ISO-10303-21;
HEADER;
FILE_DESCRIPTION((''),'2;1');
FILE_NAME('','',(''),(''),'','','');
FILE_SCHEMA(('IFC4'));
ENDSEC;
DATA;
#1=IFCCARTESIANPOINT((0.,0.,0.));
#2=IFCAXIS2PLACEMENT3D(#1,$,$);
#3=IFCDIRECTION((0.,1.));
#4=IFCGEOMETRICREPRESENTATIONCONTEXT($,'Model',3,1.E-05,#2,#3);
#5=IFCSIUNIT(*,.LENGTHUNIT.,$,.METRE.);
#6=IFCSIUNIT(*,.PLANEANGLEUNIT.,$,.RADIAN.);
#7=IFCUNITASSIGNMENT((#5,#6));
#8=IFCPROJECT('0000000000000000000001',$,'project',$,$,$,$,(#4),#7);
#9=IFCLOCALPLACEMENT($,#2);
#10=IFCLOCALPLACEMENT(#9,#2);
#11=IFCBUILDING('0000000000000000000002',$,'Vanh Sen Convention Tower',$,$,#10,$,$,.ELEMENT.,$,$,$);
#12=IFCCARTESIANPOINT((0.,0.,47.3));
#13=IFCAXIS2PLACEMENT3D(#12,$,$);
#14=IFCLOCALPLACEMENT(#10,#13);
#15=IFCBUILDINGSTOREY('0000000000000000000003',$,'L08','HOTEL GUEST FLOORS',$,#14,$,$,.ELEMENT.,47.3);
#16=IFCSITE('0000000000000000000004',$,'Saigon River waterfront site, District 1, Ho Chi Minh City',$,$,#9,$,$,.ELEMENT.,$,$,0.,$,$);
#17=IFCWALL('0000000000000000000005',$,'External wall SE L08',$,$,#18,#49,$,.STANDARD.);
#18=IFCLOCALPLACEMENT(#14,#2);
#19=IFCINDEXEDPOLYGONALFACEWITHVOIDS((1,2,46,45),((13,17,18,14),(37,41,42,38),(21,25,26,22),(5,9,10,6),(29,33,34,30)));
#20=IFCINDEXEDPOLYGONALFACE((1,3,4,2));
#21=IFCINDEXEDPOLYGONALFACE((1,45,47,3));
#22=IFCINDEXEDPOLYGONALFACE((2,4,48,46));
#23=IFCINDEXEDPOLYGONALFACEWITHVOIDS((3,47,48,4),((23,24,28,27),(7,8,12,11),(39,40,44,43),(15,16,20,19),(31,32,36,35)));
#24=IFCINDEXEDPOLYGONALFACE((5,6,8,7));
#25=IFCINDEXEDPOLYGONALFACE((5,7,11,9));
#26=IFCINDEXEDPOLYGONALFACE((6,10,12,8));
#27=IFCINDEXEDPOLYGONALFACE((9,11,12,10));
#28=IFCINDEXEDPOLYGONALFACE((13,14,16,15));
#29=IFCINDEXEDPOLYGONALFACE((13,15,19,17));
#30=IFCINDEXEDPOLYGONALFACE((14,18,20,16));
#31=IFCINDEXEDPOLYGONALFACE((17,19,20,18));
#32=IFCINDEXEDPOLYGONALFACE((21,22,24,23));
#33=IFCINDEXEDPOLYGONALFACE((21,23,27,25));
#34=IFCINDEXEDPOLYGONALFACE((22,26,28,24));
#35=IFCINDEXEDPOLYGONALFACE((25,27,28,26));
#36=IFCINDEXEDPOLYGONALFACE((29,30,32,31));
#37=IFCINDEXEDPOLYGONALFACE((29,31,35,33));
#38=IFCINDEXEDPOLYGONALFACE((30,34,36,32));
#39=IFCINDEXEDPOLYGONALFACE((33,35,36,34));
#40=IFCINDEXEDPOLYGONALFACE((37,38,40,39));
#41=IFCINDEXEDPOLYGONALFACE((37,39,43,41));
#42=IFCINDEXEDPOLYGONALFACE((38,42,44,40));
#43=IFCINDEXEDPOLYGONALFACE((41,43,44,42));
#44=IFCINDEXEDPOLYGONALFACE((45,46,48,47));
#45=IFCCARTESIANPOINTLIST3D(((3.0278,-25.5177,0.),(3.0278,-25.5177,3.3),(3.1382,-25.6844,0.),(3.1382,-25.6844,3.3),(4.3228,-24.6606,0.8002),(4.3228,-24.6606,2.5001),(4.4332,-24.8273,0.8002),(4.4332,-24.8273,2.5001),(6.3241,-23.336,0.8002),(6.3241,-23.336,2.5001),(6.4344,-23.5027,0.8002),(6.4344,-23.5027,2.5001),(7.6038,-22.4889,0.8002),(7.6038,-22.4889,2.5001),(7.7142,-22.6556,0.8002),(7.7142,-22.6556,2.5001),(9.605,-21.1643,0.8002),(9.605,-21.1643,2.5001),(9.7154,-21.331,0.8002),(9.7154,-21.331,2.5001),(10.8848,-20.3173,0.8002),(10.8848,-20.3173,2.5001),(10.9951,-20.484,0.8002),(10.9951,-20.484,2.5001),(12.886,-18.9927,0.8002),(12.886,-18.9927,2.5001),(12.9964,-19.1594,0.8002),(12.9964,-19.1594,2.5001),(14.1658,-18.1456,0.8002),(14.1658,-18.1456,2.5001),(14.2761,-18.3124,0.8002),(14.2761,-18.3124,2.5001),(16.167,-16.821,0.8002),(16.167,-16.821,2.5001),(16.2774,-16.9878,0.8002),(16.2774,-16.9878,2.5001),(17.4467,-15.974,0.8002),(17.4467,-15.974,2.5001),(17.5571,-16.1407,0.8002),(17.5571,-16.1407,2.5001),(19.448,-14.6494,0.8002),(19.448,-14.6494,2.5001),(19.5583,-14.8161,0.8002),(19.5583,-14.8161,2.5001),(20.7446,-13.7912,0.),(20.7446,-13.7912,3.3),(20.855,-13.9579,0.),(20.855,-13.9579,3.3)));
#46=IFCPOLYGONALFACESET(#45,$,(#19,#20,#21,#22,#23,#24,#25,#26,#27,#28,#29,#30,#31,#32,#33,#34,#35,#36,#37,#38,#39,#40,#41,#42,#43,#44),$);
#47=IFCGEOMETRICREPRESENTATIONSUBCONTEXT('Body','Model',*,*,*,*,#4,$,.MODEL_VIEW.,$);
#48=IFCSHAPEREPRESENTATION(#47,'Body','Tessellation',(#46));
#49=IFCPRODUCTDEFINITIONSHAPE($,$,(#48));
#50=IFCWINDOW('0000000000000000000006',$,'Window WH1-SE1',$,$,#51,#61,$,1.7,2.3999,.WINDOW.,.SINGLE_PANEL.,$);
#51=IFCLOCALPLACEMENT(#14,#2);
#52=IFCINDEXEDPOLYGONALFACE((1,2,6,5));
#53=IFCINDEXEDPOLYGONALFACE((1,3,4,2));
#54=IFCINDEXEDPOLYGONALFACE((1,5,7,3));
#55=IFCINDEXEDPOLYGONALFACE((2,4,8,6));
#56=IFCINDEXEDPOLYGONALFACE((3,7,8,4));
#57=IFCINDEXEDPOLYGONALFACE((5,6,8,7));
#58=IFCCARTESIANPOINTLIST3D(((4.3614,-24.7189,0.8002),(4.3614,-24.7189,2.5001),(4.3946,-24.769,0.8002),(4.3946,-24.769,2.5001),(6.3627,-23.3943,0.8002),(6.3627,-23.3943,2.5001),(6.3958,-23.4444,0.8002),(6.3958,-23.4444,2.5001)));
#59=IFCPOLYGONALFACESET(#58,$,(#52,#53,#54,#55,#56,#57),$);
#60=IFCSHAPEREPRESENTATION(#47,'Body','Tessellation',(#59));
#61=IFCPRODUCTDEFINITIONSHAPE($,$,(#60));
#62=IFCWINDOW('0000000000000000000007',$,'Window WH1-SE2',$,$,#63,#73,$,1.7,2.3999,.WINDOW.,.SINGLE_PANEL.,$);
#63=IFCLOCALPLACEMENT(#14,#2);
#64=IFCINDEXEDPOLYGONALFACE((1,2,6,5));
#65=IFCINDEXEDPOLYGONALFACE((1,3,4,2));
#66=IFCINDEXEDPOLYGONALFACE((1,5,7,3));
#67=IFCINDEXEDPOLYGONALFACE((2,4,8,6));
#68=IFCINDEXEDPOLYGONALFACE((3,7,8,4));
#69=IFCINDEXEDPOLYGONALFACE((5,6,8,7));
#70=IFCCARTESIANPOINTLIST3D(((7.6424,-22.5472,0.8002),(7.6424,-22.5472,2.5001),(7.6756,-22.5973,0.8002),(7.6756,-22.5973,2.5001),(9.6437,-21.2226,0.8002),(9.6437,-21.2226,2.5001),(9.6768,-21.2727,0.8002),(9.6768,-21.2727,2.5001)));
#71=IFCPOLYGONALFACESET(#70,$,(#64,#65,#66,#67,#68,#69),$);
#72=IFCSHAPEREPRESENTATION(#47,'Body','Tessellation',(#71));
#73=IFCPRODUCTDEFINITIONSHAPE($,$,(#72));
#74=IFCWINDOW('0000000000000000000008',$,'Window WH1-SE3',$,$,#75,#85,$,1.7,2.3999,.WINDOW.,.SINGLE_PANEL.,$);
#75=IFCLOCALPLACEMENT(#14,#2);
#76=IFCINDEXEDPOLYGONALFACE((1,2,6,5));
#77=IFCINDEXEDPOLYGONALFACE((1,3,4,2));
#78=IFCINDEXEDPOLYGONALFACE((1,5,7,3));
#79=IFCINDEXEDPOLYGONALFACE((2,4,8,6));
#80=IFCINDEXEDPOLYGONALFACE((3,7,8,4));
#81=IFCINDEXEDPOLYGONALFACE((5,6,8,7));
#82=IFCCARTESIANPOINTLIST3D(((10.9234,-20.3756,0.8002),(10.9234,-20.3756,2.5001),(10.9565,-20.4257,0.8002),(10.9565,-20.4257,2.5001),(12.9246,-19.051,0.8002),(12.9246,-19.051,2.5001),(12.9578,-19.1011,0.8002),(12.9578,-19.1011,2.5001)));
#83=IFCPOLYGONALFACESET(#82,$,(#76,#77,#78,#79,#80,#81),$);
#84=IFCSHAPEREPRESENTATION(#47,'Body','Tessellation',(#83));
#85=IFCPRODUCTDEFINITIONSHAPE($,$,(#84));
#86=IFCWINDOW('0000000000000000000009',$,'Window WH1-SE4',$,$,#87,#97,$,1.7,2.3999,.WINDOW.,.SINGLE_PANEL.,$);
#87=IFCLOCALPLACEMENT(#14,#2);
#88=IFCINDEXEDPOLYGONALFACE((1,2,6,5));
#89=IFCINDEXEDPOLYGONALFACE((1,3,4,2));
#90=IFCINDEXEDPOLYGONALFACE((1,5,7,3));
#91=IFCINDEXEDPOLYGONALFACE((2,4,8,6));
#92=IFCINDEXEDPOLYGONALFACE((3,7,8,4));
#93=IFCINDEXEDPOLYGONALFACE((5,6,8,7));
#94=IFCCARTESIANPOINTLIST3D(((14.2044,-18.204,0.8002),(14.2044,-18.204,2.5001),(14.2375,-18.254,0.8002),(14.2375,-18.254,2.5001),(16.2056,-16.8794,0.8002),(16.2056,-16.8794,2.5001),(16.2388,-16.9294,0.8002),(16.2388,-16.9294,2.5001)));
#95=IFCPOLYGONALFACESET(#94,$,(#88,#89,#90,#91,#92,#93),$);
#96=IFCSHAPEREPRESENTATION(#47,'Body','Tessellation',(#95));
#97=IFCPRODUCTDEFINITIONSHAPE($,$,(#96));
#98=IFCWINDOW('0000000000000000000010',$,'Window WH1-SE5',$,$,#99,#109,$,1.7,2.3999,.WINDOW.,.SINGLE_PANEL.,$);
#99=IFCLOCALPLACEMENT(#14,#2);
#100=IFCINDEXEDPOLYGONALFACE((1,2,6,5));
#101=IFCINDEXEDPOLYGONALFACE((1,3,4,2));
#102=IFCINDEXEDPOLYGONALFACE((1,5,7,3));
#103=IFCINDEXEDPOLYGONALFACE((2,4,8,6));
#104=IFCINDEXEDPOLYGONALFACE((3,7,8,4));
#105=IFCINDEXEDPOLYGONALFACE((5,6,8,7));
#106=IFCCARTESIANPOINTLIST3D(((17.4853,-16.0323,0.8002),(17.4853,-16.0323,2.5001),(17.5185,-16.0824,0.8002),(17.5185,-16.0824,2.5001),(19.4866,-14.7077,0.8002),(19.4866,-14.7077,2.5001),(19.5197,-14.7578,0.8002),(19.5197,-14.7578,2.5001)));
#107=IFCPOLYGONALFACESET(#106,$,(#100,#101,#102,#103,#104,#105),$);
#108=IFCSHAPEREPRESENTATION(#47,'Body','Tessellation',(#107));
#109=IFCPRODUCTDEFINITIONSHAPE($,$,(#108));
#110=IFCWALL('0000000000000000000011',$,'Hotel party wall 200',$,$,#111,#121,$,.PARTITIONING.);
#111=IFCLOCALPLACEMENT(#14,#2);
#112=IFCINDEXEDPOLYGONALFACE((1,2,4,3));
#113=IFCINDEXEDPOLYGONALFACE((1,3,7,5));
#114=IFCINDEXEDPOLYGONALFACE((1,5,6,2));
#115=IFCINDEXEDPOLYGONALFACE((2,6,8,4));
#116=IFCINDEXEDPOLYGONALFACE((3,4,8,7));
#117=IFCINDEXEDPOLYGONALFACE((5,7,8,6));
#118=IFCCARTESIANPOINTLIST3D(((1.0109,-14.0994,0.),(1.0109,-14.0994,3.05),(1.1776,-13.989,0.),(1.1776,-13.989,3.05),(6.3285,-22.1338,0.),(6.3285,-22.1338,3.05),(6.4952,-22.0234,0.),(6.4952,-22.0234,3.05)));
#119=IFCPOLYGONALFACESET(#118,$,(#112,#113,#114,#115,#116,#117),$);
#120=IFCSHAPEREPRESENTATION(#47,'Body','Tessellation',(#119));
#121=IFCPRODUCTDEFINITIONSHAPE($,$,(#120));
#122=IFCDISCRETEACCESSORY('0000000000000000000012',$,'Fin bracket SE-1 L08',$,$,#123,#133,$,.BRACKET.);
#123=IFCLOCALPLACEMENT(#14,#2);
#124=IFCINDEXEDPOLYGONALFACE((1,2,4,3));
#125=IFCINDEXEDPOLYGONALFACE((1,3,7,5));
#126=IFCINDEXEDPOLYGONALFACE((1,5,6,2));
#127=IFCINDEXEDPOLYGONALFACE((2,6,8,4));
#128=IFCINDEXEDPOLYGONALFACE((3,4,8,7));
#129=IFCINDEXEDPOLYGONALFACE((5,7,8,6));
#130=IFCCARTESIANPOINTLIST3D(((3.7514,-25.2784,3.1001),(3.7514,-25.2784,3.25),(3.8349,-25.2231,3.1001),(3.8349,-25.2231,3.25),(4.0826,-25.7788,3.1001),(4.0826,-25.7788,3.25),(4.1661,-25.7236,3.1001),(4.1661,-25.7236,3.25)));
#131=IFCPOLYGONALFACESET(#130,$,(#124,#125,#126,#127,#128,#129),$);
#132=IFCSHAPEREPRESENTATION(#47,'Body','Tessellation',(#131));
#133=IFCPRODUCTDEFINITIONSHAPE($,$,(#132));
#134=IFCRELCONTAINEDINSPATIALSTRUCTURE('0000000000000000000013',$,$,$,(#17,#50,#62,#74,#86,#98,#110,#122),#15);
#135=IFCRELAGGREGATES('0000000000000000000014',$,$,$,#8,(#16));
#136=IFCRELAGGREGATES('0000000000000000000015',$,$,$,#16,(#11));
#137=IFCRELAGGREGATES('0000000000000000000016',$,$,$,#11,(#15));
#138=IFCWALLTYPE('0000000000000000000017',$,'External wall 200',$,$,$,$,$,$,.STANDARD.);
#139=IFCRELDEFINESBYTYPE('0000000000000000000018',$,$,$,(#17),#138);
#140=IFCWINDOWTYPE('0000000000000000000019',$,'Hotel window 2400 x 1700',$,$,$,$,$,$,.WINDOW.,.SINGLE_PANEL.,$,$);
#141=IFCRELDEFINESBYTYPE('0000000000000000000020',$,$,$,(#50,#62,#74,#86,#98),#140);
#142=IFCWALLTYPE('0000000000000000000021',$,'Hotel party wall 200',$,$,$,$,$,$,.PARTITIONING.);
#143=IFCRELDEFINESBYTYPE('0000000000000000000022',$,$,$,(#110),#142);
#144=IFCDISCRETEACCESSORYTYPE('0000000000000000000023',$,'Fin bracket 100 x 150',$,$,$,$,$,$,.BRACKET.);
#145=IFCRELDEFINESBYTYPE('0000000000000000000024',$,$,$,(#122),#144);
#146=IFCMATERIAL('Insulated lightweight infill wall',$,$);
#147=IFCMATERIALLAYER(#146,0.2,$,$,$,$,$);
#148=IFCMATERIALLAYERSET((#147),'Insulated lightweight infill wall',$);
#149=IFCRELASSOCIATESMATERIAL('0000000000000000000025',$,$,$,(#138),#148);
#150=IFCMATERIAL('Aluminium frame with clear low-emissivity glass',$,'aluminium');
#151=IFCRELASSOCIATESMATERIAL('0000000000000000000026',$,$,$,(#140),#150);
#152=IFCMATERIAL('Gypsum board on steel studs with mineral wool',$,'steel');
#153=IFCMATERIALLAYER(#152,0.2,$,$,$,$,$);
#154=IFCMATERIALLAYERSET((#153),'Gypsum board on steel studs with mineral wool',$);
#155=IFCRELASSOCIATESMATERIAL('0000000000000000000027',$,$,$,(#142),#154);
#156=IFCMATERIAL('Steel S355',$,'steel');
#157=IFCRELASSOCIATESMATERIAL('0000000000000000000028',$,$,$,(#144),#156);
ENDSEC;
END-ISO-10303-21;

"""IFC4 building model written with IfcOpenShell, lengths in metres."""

from ifc_helpers import new_model, si_unit, direction, frame, frame_2d, origin, origin_2d, place, context, subcontext, project, spatial, rectangle, extrude, material, layer, layer_set, type_object, element, fill, save


model = new_model("IFC4")

# Units and contexts
model_context = context("Model", 3, precision=1e-05, world=origin(), true_north=direction((0.0, 1.0)))
body_context = subcontext(model_context, "Body", "Model", "MODEL_VIEW")
ifc_project = project(units=[si_unit("LENGTHUNIT", "METRE"), si_unit("PLANEANGLEUNIT", "RADIAN")], contexts=[model_context])

# Site, building, storey
site_placement = place(None, origin())
site = spatial("IfcSite", under=ifc_project, at=site_placement, Name="Saigon River waterfront site, District 1, Ho Chi Minh City", CompositionType="ELEMENT", RefElevation=0.0)
building_placement = place(site_placement, origin())
building = spatial("IfcBuilding", under=site, at=building_placement, Name="Vanh Sen Convention Tower", CompositionType="ELEMENT")
storey_placement = place(building_placement, frame((0.0, 0.0, 47.3)))
storey = spatial("IfcBuildingStorey", under=building, at=storey_placement, Name="L08", Description="HOTEL GUEST FLOORS", CompositionType="ELEMENT", Elevation=47.3)

# Shared definitions
ifc_material_1 = material(Name="Gypsum board on steel studs with mineral wool", Category="steel")

# Wall, openings, windows
ifc_material_2 = material(Name="Insulated lightweight infill wall")
ifc_layer_1 = layer(ifc_material_2, 0.2)
ifc_layer_set_1 = layer_set([ifc_layer_1], Name="Insulated lightweight infill wall")
wall_type_1 = type_object("IfcWallType", Name="External wall 200", PredefinedType="STANDARD", material=ifc_layer_set_1)
wall_1_placement = place(storey_placement, frame((3.083, -25.6011, 0.0), z_axis=(0.0, 0.0, 1.0), x_axis=(0.833884, 0.551939, 0.0)))
wall_1 = element("IfcWall", 1, at=wall_1_placement, inside=storey, type_object=wall_type_1, Name="External wall SE L08", PredefinedType="STANDARD", context=body_context, shape_type="SweptSolid", body=[
    extrude(rectangle(XDim=21.2461, YDim=0.2, at=frame_2d((10.623, 0.0))), origin(), (0.0, 0.0, 1.0), 3.3),
])
opening_1_placement = place(wall_1_placement, frame((1.553, 0.0, 0.8)))
opening_1 = element("IfcOpeningElement", 2, at=opening_1_placement, cuts=wall_1, PredefinedType="OPENING", context=body_context, shape_type="SweptSolid", body=[
    extrude(rectangle(XDim=2.3999, YDim=1.7, at=frame_2d((1.2, 0.8501))), frame((0.0, 0.1099, 0.0), z_axis=(0.0, -1.0, 0.0), x_axis=(1.0, 0.0, 0.0)), (0.0, 0.0, 1.0), 0.22),
])
opening_2_placement = place(wall_1_placement, frame((5.4875, 0.0, 0.8)))
opening_2 = element("IfcOpeningElement", 3, at=opening_2_placement, cuts=wall_1, PredefinedType="OPENING", context=body_context, shape_type="SweptSolid", body=[
    extrude(rectangle(XDim=2.3999, YDim=1.7, at=frame_2d((1.2, 0.8501))), frame((0.0, 0.1099, 0.0), z_axis=(0.0, -1.0, 0.0), x_axis=(1.0, 0.0, 0.0)), (0.0, 0.0, 1.0), 0.22),
])
opening_3_placement = place(wall_1_placement, frame((9.4221, 0.0, 0.8)))
opening_3 = element("IfcOpeningElement", 4, at=opening_3_placement, cuts=wall_1, PredefinedType="OPENING", context=body_context, shape_type="SweptSolid", body=[
    extrude(rectangle(XDim=2.3999, YDim=1.7, at=frame_2d((1.2, 0.8501))), frame((0.0, 0.1099, 0.0), z_axis=(0.0, -1.0, 0.0), x_axis=(1.0, 0.0, 0.0)), (0.0, 0.0, 1.0), 0.22),
])
opening_4_placement = place(wall_1_placement, frame((13.3567, 0.0, 0.8)))
opening_4 = element("IfcOpeningElement", 5, at=opening_4_placement, cuts=wall_1, PredefinedType="OPENING", context=body_context, shape_type="SweptSolid", body=[
    extrude(rectangle(XDim=2.3999, YDim=1.7, at=frame_2d((1.2, 0.8501))), frame((0.0, 0.1099, 0.0), z_axis=(0.0, -1.0, 0.0), x_axis=(1.0, 0.0, 0.0)), (0.0, 0.0, 1.0), 0.22),
])
opening_5_placement = place(wall_1_placement, frame((17.2913, 0.0, 0.8)))
opening_5 = element("IfcOpeningElement", 6, at=opening_5_placement, cuts=wall_1, PredefinedType="OPENING", context=body_context, shape_type="SweptSolid", body=[
    extrude(rectangle(XDim=2.3999, YDim=1.7, at=frame_2d((1.2, 0.8501))), frame((0.0, 0.1099, 0.0), z_axis=(0.0, -1.0, 0.0), x_axis=(1.0, 0.0, 0.0)), (0.0, 0.0, 1.0), 0.22),
])
ifc_material_3 = material(Name="Aluminium frame with clear low-emissivity glass", Category="aluminium")
window_type = type_object("IfcWindowType", Name="Hotel window 2400 x 1700", PartitioningType="SINGLE_PANEL", PredefinedType="WINDOW", material=ifc_material_3)
window_1_placement = place(opening_1_placement, origin())
window_1 = element("IfcWindow", 7, at=window_1_placement, inside=storey, type_object=window_type, Name="Window WH1-SE1", OverallHeight=1.7, OverallWidth=2.3999, PartitioningType="SINGLE_PANEL", PredefinedType="WINDOW", context=body_context, shape_type="SweptSolid", body=[
    extrude(rectangle(XDim=2.3999, YDim=1.7, at=frame_2d((1.2, 0.8501))), frame((0.0, 0.03, 0.0), z_axis=(0.0, -1.0, 0.0), x_axis=(1.0, 0.0, 0.0)), (0.0, 0.0, 1.0), 0.0601),
])
fill(opening_1, window_1)
window_2_placement = place(opening_2_placement, origin())
window_2 = element("IfcWindow", 8, at=window_2_placement, inside=storey, type_object=window_type, Name="Window WH1-SE2", OverallHeight=1.7, OverallWidth=2.3999, PartitioningType="SINGLE_PANEL", PredefinedType="WINDOW", context=body_context, shape_type="SweptSolid", body=[
    extrude(rectangle(XDim=2.3999, YDim=1.7, at=frame_2d((1.2, 0.8501))), frame((0.0, 0.03, 0.0), z_axis=(0.0, -1.0, 0.0), x_axis=(1.0, 0.0, 0.0)), (0.0, 0.0, 1.0), 0.0601),
])
fill(opening_2, window_2)
window_3_placement = place(opening_3_placement, origin())
window_3 = element("IfcWindow", 9, at=window_3_placement, inside=storey, type_object=window_type, Name="Window WH1-SE3", OverallHeight=1.7, OverallWidth=2.3999, PartitioningType="SINGLE_PANEL", PredefinedType="WINDOW", context=body_context, shape_type="SweptSolid", body=[
    extrude(rectangle(XDim=2.3999, YDim=1.7, at=frame_2d((1.2, 0.8501))), frame((0.0, 0.03, 0.0), z_axis=(0.0, -1.0, 0.0), x_axis=(1.0, 0.0, 0.0)), (0.0, 0.0, 1.0), 0.0601),
])
fill(opening_3, window_3)
window_4_placement = place(opening_4_placement, origin())
window_4 = element("IfcWindow", 10, at=window_4_placement, inside=storey, type_object=window_type, Name="Window WH1-SE4", OverallHeight=1.7, OverallWidth=2.3999, PartitioningType="SINGLE_PANEL", PredefinedType="WINDOW", context=body_context, shape_type="SweptSolid", body=[
    extrude(rectangle(XDim=2.3999, YDim=1.7, at=frame_2d((1.2, 0.8501))), frame((0.0, 0.03, 0.0), z_axis=(0.0, -1.0, 0.0), x_axis=(1.0, 0.0, 0.0)), (0.0, 0.0, 1.0), 0.0601),
])
fill(opening_4, window_4)
window_5_placement = place(opening_5_placement, origin())
window_5 = element("IfcWindow", 11, at=window_5_placement, inside=storey, type_object=window_type, Name="Window WH1-SE5", OverallHeight=1.7, OverallWidth=2.3999, PartitioningType="SINGLE_PANEL", PredefinedType="WINDOW", context=body_context, shape_type="SweptSolid", body=[
    extrude(rectangle(XDim=2.3999, YDim=1.7, at=frame_2d((1.2, 0.8501))), frame((0.0, 0.03, 0.0), z_axis=(0.0, -1.0, 0.0), x_axis=(1.0, 0.0, 0.0)), (0.0, 0.0, 1.0), 0.0601),
])
fill(opening_5, window_5)

# Wall
ifc_layer_2 = layer(ifc_material_1, 0.2)
ifc_layer_set_2 = layer_set([ifc_layer_2], Name="Gypsum board on steel studs with mineral wool")
wall_type_2 = type_object("IfcWallType", Name="Hotel party wall 200", PredefinedType="PARTITIONING", material=ifc_layer_set_2)
wall_2_placement = place(storey_placement, frame((6.4119, -22.0786, 0.0), z_axis=(0.0, 0.0, 1.0), x_axis=(-0.55192, 0.833897, 0.0)))
element("IfcWall", 12, at=wall_2_placement, inside=storey, type_object=wall_type_2, Name="Hotel party wall 200", PredefinedType="PARTITIONING", context=body_context, shape_type="SweptSolid", body=[
    extrude(rectangle(XDim=9.6348, YDim=0.2, at=frame_2d((4.8174, 0.0))), origin(), (0.0, 0.0, 1.0), 3.05),
])

# Discrete accessory
ifc_material_4 = material(Name="Steel S355", Category="steel")
discrete_accessory_type = type_object("IfcDiscreteAccessoryType", Name="Fin bracket 100 x 150", PredefinedType="BRACKET", material=ifc_material_4)
discrete_accessory_placement = place(storey_placement, frame((3.9587, -25.501, 3.1001), z_axis=(0.0, 0.0, 1.0), x_axis=(0.551937, -0.833886, 0.0)))
element("IfcDiscreteAccessory", 13, at=discrete_accessory_placement, inside=storey, type_object=discrete_accessory_type, Name="Fin bracket SE-1 L08", PredefinedType="BRACKET", context=body_context, shape_type="SweptSolid", body=[
    extrude(rectangle(XDim=0.6001, YDim=0.1001, at=origin_2d()), origin(), (0.0, 0.0, 1.0), 0.1499),
])

save(model, "model.ifc")
